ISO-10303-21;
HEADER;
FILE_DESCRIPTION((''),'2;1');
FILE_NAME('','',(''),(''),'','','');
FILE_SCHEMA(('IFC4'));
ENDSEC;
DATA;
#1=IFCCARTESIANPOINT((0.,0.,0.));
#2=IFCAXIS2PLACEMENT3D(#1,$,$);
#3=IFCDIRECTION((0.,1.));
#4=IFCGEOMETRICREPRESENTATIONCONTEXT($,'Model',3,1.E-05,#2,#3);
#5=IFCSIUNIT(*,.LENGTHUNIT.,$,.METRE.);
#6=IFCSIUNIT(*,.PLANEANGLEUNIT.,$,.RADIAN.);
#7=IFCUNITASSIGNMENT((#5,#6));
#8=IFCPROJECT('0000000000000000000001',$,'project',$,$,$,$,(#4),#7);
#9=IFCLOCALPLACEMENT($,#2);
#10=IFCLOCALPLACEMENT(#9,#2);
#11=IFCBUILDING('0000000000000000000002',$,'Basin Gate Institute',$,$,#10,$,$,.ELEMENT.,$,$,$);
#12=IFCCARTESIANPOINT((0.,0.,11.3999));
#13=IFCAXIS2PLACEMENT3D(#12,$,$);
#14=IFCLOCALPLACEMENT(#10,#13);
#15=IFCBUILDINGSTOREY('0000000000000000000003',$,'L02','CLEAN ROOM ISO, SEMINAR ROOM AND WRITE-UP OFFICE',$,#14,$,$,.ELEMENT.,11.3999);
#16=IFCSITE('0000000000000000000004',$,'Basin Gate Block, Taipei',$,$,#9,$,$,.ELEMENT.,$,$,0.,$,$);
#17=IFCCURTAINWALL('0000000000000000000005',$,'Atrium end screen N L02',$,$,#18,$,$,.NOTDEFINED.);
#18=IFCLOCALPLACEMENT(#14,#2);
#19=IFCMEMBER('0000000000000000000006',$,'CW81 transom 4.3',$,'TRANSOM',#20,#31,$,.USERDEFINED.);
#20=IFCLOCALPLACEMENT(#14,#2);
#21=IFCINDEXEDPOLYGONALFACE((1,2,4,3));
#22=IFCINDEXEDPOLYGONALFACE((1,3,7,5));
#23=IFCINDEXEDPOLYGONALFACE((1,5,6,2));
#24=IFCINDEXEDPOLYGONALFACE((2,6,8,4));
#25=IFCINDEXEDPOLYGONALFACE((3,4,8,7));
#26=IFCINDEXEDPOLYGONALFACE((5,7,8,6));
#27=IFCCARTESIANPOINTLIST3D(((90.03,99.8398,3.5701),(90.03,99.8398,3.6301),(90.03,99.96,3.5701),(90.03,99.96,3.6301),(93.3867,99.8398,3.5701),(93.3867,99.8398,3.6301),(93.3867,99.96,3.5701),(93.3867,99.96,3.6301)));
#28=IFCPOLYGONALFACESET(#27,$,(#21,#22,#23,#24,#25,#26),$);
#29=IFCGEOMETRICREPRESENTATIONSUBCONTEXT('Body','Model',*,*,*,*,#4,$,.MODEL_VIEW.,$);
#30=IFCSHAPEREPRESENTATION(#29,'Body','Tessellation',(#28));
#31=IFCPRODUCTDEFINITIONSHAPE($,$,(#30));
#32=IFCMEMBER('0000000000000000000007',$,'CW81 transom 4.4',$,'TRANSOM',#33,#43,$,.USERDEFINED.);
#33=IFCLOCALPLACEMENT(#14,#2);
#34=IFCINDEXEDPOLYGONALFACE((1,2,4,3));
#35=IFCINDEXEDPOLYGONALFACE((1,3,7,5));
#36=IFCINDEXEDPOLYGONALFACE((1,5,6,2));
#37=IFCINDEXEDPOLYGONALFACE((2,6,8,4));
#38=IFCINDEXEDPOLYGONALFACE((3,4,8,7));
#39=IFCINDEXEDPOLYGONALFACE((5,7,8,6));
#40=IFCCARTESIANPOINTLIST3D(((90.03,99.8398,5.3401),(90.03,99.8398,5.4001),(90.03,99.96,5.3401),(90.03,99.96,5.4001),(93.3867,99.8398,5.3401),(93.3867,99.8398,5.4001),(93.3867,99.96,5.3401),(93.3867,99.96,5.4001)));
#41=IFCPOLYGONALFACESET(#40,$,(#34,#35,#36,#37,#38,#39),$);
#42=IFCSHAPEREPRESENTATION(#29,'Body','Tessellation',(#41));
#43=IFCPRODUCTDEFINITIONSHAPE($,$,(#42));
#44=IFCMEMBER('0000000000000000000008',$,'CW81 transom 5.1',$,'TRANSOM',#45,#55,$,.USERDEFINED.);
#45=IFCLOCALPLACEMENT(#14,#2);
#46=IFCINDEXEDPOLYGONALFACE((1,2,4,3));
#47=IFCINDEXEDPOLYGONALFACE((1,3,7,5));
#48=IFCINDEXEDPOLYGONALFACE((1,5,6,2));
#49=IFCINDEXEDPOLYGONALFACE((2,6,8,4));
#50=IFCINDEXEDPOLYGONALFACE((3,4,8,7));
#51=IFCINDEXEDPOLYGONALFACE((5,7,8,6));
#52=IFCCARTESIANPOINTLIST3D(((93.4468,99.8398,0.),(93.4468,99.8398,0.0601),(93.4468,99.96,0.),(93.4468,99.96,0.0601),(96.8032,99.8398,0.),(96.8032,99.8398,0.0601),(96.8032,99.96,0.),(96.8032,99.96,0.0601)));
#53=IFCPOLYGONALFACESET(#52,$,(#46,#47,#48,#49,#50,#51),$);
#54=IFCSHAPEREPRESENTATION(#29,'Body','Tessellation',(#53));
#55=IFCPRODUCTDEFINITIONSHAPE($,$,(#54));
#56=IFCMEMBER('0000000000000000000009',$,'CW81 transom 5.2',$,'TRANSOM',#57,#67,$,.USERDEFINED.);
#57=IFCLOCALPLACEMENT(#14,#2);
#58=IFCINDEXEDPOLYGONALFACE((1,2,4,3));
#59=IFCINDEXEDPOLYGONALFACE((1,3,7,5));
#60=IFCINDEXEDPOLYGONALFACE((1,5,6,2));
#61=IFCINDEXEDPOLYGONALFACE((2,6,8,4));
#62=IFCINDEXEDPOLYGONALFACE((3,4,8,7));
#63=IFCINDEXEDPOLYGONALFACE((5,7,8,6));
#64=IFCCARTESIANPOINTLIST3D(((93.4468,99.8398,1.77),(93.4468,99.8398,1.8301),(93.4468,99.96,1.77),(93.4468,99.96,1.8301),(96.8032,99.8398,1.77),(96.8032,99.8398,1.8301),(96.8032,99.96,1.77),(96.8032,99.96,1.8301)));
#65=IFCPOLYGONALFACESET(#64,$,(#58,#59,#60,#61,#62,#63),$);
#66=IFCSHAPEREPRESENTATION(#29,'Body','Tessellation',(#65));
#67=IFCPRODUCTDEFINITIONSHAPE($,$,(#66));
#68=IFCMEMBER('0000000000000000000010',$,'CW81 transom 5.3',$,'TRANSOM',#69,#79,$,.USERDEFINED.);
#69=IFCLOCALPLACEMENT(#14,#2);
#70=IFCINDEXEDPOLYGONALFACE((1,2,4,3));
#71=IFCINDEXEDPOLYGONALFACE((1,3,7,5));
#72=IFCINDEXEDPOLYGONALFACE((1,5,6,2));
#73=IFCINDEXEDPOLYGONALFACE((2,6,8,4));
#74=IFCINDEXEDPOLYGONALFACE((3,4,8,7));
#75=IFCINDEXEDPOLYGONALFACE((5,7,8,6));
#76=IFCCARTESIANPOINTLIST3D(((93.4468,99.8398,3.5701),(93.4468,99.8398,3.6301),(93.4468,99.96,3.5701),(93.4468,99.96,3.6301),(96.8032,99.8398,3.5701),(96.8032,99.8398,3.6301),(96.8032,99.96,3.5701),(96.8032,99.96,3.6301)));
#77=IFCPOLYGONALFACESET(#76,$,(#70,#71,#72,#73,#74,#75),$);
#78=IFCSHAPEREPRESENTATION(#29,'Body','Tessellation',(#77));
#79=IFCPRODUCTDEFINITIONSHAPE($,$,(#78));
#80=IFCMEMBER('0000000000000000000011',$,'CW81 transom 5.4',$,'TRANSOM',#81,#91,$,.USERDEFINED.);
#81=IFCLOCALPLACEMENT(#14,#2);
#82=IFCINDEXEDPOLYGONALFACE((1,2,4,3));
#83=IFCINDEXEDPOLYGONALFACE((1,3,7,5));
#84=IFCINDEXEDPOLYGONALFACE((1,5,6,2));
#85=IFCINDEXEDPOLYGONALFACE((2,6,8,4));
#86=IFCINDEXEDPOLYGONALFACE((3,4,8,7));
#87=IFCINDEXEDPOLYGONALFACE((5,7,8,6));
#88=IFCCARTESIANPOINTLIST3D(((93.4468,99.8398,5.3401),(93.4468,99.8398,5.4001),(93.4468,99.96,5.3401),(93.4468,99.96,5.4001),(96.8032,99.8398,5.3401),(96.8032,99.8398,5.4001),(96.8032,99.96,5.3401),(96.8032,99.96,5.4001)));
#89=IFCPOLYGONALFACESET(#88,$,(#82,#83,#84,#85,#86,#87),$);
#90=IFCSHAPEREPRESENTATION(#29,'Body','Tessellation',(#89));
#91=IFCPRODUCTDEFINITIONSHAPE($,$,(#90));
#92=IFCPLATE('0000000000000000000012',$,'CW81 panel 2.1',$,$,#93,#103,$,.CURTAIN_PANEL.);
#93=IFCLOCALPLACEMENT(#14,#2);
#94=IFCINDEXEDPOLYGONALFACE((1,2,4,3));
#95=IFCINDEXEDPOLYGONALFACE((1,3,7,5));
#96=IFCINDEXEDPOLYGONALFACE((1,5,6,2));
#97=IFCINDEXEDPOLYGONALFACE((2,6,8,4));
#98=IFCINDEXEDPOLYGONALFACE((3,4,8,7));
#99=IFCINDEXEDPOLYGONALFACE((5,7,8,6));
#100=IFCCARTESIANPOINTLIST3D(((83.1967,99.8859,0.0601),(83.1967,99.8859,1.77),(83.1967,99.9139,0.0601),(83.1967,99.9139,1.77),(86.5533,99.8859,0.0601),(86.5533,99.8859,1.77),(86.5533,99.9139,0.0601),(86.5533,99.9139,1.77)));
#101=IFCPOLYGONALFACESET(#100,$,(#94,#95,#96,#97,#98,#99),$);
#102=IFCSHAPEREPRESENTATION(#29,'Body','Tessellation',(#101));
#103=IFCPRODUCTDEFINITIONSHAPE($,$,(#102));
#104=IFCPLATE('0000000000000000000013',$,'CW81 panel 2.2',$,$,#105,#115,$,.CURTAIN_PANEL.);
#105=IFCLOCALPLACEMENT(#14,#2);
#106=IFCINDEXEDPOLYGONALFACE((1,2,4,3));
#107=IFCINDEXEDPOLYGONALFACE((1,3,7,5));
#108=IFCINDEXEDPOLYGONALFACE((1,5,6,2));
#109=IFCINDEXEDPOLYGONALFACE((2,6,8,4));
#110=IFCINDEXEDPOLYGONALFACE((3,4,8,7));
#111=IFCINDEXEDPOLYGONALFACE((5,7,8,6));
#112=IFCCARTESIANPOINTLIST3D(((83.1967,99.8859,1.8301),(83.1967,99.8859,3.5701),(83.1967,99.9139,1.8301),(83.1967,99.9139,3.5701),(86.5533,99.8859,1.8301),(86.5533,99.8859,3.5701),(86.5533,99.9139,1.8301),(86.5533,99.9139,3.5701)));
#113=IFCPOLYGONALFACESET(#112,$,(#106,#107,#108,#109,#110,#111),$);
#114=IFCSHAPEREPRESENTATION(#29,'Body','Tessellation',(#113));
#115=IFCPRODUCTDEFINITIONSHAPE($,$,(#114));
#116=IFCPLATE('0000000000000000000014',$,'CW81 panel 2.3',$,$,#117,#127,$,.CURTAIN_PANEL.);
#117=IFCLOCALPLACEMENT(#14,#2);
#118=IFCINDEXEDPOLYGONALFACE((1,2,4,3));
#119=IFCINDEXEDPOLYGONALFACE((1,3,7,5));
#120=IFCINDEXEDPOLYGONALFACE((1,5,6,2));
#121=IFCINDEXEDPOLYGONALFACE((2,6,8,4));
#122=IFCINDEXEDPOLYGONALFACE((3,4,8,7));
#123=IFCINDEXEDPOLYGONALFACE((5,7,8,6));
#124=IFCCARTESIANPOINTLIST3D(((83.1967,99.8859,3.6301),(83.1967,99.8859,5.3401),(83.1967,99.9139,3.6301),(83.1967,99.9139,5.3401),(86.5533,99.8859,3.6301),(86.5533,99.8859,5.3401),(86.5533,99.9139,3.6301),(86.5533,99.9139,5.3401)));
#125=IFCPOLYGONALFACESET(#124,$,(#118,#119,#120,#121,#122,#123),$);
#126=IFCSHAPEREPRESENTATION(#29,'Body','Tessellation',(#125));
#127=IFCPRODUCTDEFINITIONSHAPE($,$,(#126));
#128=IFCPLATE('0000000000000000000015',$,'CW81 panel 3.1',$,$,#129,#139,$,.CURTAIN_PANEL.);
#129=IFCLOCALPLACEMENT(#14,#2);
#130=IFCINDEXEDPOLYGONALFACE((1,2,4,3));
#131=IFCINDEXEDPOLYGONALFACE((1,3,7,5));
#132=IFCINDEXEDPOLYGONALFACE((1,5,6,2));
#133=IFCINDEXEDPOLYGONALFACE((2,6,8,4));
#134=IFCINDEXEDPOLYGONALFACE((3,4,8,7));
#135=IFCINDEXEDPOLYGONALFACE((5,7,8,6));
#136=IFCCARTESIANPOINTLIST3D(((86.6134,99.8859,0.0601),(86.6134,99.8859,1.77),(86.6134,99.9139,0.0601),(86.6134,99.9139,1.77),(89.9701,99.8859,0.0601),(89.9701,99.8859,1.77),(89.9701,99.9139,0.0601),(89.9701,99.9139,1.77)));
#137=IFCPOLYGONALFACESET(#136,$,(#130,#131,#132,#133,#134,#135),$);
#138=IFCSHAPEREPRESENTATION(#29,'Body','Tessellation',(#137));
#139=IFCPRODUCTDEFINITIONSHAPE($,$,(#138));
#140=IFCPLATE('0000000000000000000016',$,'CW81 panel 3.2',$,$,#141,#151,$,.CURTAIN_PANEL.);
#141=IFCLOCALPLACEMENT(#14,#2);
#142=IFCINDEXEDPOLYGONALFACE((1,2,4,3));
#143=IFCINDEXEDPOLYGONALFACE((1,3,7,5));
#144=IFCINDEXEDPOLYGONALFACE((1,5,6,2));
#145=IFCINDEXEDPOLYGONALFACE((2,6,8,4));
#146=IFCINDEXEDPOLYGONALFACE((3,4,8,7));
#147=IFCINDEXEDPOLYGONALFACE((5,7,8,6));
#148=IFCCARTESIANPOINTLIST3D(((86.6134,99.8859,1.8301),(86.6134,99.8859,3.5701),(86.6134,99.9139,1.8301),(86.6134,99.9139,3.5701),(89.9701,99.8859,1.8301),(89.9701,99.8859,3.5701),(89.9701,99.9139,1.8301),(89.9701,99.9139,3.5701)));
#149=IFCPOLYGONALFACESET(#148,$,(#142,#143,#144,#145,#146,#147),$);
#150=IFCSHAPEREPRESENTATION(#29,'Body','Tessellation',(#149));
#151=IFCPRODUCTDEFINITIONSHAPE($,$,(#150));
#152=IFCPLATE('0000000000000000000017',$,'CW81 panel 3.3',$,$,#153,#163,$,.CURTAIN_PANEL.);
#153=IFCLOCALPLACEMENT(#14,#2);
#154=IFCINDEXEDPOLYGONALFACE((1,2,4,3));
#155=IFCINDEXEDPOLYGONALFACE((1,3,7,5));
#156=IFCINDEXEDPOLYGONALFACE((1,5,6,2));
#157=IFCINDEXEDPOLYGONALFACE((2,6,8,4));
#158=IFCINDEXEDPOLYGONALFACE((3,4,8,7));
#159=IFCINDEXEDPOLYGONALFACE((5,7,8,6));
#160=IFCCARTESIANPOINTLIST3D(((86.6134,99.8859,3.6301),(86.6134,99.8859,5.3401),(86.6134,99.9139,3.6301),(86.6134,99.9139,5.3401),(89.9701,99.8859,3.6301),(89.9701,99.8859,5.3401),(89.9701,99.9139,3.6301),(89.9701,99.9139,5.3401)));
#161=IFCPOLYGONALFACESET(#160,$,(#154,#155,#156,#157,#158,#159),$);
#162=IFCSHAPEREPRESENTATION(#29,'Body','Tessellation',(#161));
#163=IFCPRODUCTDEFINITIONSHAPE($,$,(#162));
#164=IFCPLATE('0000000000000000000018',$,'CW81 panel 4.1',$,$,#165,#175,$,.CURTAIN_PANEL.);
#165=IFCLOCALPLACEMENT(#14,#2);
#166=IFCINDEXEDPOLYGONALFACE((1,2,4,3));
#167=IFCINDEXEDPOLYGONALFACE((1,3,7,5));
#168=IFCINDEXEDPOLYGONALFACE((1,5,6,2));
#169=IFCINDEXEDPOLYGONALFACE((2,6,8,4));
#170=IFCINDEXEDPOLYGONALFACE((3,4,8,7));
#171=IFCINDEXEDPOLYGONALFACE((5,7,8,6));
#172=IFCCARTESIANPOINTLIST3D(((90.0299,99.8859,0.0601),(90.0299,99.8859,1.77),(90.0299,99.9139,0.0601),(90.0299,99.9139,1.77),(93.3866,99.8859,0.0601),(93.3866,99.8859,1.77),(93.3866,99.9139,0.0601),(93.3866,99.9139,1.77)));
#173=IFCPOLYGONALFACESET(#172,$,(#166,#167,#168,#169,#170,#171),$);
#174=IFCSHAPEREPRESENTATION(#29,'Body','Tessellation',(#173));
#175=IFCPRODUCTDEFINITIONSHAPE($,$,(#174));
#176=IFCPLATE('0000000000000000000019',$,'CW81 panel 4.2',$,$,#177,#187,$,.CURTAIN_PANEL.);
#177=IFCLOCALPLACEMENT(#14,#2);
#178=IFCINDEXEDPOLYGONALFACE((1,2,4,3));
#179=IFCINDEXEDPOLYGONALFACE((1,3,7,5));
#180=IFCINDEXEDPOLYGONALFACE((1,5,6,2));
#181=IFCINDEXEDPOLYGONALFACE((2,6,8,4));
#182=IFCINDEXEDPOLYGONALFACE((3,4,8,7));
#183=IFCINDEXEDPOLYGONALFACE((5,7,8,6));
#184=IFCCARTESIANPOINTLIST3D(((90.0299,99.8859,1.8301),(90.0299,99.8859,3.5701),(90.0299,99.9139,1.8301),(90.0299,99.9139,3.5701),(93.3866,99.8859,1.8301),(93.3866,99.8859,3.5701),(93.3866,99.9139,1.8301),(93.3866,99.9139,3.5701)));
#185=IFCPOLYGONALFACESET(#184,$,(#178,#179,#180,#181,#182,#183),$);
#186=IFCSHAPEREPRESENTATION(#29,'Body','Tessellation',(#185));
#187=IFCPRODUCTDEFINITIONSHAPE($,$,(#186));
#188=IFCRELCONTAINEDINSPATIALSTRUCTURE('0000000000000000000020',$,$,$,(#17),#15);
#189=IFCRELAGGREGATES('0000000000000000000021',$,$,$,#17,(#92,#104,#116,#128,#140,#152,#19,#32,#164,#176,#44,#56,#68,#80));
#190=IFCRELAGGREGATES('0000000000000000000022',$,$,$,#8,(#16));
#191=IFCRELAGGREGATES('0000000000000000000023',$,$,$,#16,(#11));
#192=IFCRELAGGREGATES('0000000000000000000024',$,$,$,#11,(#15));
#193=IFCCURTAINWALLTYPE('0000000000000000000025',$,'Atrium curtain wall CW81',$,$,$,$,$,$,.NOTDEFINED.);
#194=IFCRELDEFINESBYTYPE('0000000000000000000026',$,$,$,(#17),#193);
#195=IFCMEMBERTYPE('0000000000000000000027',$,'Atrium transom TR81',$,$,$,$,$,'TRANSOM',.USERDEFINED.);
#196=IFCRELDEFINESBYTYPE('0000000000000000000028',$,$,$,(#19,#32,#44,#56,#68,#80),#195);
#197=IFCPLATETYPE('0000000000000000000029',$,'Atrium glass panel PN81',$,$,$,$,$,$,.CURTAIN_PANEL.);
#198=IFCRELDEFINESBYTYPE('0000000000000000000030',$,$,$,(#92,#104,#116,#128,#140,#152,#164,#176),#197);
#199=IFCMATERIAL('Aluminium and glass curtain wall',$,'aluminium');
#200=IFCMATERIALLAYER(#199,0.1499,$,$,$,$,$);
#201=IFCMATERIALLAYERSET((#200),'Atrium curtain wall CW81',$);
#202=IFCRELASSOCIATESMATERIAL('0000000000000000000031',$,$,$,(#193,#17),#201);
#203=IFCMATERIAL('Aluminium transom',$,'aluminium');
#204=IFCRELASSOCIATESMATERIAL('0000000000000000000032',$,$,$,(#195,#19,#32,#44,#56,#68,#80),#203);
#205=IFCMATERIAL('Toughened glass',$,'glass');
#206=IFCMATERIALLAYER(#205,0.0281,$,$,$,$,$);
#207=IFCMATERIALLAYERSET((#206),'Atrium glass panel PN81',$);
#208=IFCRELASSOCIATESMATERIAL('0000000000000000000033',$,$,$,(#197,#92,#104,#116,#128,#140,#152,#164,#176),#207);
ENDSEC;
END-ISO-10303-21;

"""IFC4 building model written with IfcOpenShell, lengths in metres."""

from ifc_helpers import new_model, si_unit, direction, frame, origin, origin_2d, place, context, subcontext, project, spatial, rectangle, extrude, material, layer, layer_set, material_profile, profile_set, type_object, element, aggregate, save


model = new_model("IFC4")

# Units and contexts
model_context = context("Model", 3, precision=1e-05, world=origin(), true_north=direction((0.0, 1.0)))
body_context = subcontext(model_context, "Body", "Model", "MODEL_VIEW")
ifc_project = project(units=[si_unit("LENGTHUNIT", "METRE"), si_unit("PLANEANGLEUNIT", "RADIAN")], contexts=[model_context])

# Site, building, storey
site_placement = place(None, origin())
site = spatial("IfcSite", under=ifc_project, at=site_placement, Name="Basin Gate Block, Taipei", CompositionType="ELEMENT", RefElevation=0.0)
building_placement = place(site_placement, origin())
building = spatial("IfcBuilding", under=site, at=building_placement, Name="Basin Gate Institute", CompositionType="ELEMENT")
storey_placement = place(building_placement, frame((0.0, 0.0, 11.3999)))
storey = spatial("IfcBuildingStorey", under=building, at=storey_placement, Name="L02", Description="CLEAN ROOM ISO, SEMINAR ROOM AND WRITE-UP OFFICE", CompositionType="ELEMENT", Elevation=11.3999)

# Curtain wall, members, plates
ifc_material_1 = material(Name="Aluminium and glass curtain wall", Category="aluminium")
ifc_layer_1 = layer(ifc_material_1, 0.1499)
ifc_layer_set_1 = layer_set([ifc_layer_1], Name="Atrium curtain wall CW81")
curtain_wall_type = type_object("IfcCurtainWallType", Name="Atrium curtain wall CW81", PredefinedType="NOTDEFINED", material=ifc_layer_set_1)
curtain_wall_placement = place(storey_placement, origin())
curtain_wall = element("IfcCurtainWall", 1, at=curtain_wall_placement, inside=storey, type_object=curtain_wall_type, material=ifc_layer_set_1, Name="Atrium end screen N L02", PredefinedType="NOTDEFINED")
ifc_material_2 = material(Name="Aluminium transom", Category="aluminium")
ifc_material_profile_1 = material_profile(ifc_material_2, rectangle(XDim=0.1201, YDim=0.0601, at=origin_2d()), Name="Atrium transom TR81 120 x 60")
ifc_profile_set_1 = profile_set([ifc_material_profile_1], Name="Aluminium transom")
member_type_1 = type_object("IfcMemberType", Name="Atrium transom TR81", ElementType="TRANSOM", PredefinedType="USERDEFINED", material=ifc_profile_set_1)
member_1_placement = place(storey_placement, frame((90.03, 99.8999, 3.6001), z_axis=(1.0, 0.0, 0.0), x_axis=(0.0, 1.0, 0.0)))
member_1 = element("IfcMember", 2, at=member_1_placement, type_object=member_type_1, material=ifc_profile_set_1, Name="CW81 transom 4.3", ObjectType="TRANSOM", PredefinedType="USERDEFINED", context=body_context, shape_type="SweptSolid", body=[
    extrude(rectangle(XDim=0.1201, YDim=0.0601, at=origin_2d()), origin(), (0.0, 0.0, 1.0), 3.3567),
])
member_2_placement = place(storey_placement, frame((90.03, 99.8999, 5.3701), z_axis=(1.0, 0.0, 0.0), x_axis=(0.0, 1.0, 0.0)))
member_2 = element("IfcMember", 3, at=member_2_placement, type_object=member_type_1, material=ifc_profile_set_1, Name="CW81 transom 4.4", ObjectType="TRANSOM", PredefinedType="USERDEFINED", context=body_context, shape_type="SweptSolid", body=[
    extrude(rectangle(XDim=0.1201, YDim=0.0601, at=origin_2d()), origin(), (0.0, 0.0, 1.0), 3.3567),
])
member_3_placement = place(storey_placement, frame((93.4468, 99.8999, 0.03), z_axis=(1.0, 0.0, 0.0), x_axis=(0.0, 1.0, 0.0)))
member_3 = element("IfcMember", 4, at=member_3_placement, type_object=member_type_1, material=ifc_profile_set_1, Name="CW81 transom 5.1", ObjectType="TRANSOM", PredefinedType="USERDEFINED", context=body_context, shape_type="SweptSolid", body=[
    extrude(rectangle(XDim=0.1201, YDim=0.0601, at=origin_2d()), origin(), (0.0, 0.0, 1.0), 3.3564),
])
member_4_placement = place(storey_placement, frame((93.4468, 99.8999, 1.8), z_axis=(1.0, 0.0, 0.0), x_axis=(0.0, 1.0, 0.0)))
member_4 = element("IfcMember", 5, at=member_4_placement, type_object=member_type_1, material=ifc_profile_set_1, Name="CW81 transom 5.2", ObjectType="TRANSOM", PredefinedType="USERDEFINED", context=body_context, shape_type="SweptSolid", body=[
    extrude(rectangle(XDim=0.1201, YDim=0.0601, at=origin_2d()), origin(), (0.0, 0.0, 1.0), 3.3564),
])
member_5_placement = place(storey_placement, frame((93.4468, 99.8999, 3.6001), z_axis=(1.0, 0.0, 0.0), x_axis=(0.0, 1.0, 0.0)))
member_5 = element("IfcMember", 6, at=member_5_placement, type_object=member_type_1, material=ifc_profile_set_1, Name="CW81 transom 5.3", ObjectType="TRANSOM", PredefinedType="USERDEFINED", context=body_context, shape_type="SweptSolid", body=[
    extrude(rectangle(XDim=0.1201, YDim=0.0601, at=origin_2d()), origin(), (0.0, 0.0, 1.0), 3.3564),
])
member_6_placement = place(storey_placement, frame((93.4468, 99.8999, 5.3701), z_axis=(1.0, 0.0, 0.0), x_axis=(0.0, 1.0, 0.0)))
member_6 = element("IfcMember", 7, at=member_6_placement, type_object=member_type_1, material=ifc_profile_set_1, Name="CW81 transom 5.4", ObjectType="TRANSOM", PredefinedType="USERDEFINED", context=body_context, shape_type="SweptSolid", body=[
    extrude(rectangle(XDim=0.1201, YDim=0.0601, at=origin_2d()), origin(), (0.0, 0.0, 1.0), 3.3564),
])
ifc_material_3 = material(Name="Toughened glass", Category="glass")
ifc_layer_2 = layer(ifc_material_3, 0.0281)
ifc_layer_set_2 = layer_set([ifc_layer_2], Name="Atrium glass panel PN81")
plate_type = type_object("IfcPlateType", Name="Atrium glass panel PN81", PredefinedType="CURTAIN_PANEL", material=ifc_layer_set_2)
plate_1_placement = place(storey_placement, frame((84.875, 99.8999, 0.0601), z_axis=(0.0, 0.0, 1.0), x_axis=(1.0, 0.0, 0.0)))
plate_1 = element("IfcPlate", 8, at=plate_1_placement, type_object=plate_type, material=ifc_layer_set_2, Name="CW81 panel 2.1", PredefinedType="CURTAIN_PANEL", context=body_context, shape_type="SweptSolid", body=[
    extrude(rectangle(XDim=3.3567, YDim=0.0281, at=origin_2d()), origin(), (0.0, 0.0, 1.0), 1.71),
])
plate_2_placement = place(storey_placement, frame((84.875, 99.8999, 1.8301), z_axis=(0.0, 0.0, 1.0), x_axis=(1.0, 0.0, 0.0)))
plate_2 = element("IfcPlate", 9, at=plate_2_placement, type_object=plate_type, material=ifc_layer_set_2, Name="CW81 panel 2.2", PredefinedType="CURTAIN_PANEL", context=body_context, shape_type="SweptSolid", body=[
    extrude(rectangle(XDim=3.3567, YDim=0.0281, at=origin_2d()), origin(), (0.0, 0.0, 1.0), 1.74),
])
plate_3_placement = place(storey_placement, frame((84.875, 99.8999, 3.6301), z_axis=(0.0, 0.0, 1.0), x_axis=(1.0, 0.0, 0.0)))
plate_3 = element("IfcPlate", 10, at=plate_3_placement, type_object=plate_type, material=ifc_layer_set_2, Name="CW81 panel 2.3", PredefinedType="CURTAIN_PANEL", context=body_context, shape_type="SweptSolid", body=[
    extrude(rectangle(XDim=3.3567, YDim=0.0281, at=origin_2d()), origin(), (0.0, 0.0, 1.0), 1.71),
])
plate_4_placement = place(storey_placement, frame((88.2917, 99.8999, 0.0601), z_axis=(0.0, 0.0, 1.0), x_axis=(1.0, 0.0, 0.0)))
plate_4 = element("IfcPlate", 11, at=plate_4_placement, type_object=plate_type, material=ifc_layer_set_2, Name="CW81 panel 3.1", PredefinedType="CURTAIN_PANEL", context=body_context, shape_type="SweptSolid", body=[
    extrude(rectangle(XDim=3.3567, YDim=0.0281, at=origin_2d()), origin(), (0.0, 0.0, 1.0), 1.71),
])
plate_5_placement = place(storey_placement, frame((88.2917, 99.8999, 1.8301), z_axis=(0.0, 0.0, 1.0), x_axis=(1.0, 0.0, 0.0)))
plate_5 = element("IfcPlate", 12, at=plate_5_placement, type_object=plate_type, material=ifc_layer_set_2, Name="CW81 panel 3.2", PredefinedType="CURTAIN_PANEL", context=body_context, shape_type="SweptSolid", body=[
    extrude(rectangle(XDim=3.3567, YDim=0.0281, at=origin_2d()), origin(), (0.0, 0.0, 1.0), 1.74),
])
plate_6_placement = place(storey_placement, frame((88.2917, 99.8999, 3.6301), z_axis=(0.0, 0.0, 1.0), x_axis=(1.0, 0.0, 0.0)))
plate_6 = element("IfcPlate", 13, at=plate_6_placement, type_object=plate_type, material=ifc_layer_set_2, Name="CW81 panel 3.3", PredefinedType="CURTAIN_PANEL", context=body_context, shape_type="SweptSolid", body=[
    extrude(rectangle(XDim=3.3567, YDim=0.0281, at=origin_2d()), origin(), (0.0, 0.0, 1.0), 1.71),
])
plate_7_placement = place(storey_placement, frame((91.7083, 99.8999, 0.0601), z_axis=(0.0, 0.0, 1.0), x_axis=(1.0, 0.0, 0.0)))
plate_7 = element("IfcPlate", 14, at=plate_7_placement, type_object=plate_type, material=ifc_layer_set_2, Name="CW81 panel 4.1", PredefinedType="CURTAIN_PANEL", context=body_context, shape_type="SweptSolid", body=[
    extrude(rectangle(XDim=3.3567, YDim=0.0281, at=origin_2d()), origin(), (0.0, 0.0, 1.0), 1.71),
])
plate_8_placement = place(storey_placement, frame((91.7083, 99.8999, 1.8301), z_axis=(0.0, 0.0, 1.0), x_axis=(1.0, 0.0, 0.0)))
plate_8 = element("IfcPlate", 15, at=plate_8_placement, type_object=plate_type, material=ifc_layer_set_2, Name="CW81 panel 4.2", PredefinedType="CURTAIN_PANEL", context=body_context, shape_type="SweptSolid", body=[
    extrude(rectangle(XDim=3.3567, YDim=0.0281, at=origin_2d()), origin(), (0.0, 0.0, 1.0), 1.74),
])
aggregate(curtain_wall, [plate_1, plate_2, plate_3, plate_4, plate_5, plate_6, member_1, member_2, plate_7, plate_8, member_3, member_4, member_5, member_6])

save(model, "model.ifc")
